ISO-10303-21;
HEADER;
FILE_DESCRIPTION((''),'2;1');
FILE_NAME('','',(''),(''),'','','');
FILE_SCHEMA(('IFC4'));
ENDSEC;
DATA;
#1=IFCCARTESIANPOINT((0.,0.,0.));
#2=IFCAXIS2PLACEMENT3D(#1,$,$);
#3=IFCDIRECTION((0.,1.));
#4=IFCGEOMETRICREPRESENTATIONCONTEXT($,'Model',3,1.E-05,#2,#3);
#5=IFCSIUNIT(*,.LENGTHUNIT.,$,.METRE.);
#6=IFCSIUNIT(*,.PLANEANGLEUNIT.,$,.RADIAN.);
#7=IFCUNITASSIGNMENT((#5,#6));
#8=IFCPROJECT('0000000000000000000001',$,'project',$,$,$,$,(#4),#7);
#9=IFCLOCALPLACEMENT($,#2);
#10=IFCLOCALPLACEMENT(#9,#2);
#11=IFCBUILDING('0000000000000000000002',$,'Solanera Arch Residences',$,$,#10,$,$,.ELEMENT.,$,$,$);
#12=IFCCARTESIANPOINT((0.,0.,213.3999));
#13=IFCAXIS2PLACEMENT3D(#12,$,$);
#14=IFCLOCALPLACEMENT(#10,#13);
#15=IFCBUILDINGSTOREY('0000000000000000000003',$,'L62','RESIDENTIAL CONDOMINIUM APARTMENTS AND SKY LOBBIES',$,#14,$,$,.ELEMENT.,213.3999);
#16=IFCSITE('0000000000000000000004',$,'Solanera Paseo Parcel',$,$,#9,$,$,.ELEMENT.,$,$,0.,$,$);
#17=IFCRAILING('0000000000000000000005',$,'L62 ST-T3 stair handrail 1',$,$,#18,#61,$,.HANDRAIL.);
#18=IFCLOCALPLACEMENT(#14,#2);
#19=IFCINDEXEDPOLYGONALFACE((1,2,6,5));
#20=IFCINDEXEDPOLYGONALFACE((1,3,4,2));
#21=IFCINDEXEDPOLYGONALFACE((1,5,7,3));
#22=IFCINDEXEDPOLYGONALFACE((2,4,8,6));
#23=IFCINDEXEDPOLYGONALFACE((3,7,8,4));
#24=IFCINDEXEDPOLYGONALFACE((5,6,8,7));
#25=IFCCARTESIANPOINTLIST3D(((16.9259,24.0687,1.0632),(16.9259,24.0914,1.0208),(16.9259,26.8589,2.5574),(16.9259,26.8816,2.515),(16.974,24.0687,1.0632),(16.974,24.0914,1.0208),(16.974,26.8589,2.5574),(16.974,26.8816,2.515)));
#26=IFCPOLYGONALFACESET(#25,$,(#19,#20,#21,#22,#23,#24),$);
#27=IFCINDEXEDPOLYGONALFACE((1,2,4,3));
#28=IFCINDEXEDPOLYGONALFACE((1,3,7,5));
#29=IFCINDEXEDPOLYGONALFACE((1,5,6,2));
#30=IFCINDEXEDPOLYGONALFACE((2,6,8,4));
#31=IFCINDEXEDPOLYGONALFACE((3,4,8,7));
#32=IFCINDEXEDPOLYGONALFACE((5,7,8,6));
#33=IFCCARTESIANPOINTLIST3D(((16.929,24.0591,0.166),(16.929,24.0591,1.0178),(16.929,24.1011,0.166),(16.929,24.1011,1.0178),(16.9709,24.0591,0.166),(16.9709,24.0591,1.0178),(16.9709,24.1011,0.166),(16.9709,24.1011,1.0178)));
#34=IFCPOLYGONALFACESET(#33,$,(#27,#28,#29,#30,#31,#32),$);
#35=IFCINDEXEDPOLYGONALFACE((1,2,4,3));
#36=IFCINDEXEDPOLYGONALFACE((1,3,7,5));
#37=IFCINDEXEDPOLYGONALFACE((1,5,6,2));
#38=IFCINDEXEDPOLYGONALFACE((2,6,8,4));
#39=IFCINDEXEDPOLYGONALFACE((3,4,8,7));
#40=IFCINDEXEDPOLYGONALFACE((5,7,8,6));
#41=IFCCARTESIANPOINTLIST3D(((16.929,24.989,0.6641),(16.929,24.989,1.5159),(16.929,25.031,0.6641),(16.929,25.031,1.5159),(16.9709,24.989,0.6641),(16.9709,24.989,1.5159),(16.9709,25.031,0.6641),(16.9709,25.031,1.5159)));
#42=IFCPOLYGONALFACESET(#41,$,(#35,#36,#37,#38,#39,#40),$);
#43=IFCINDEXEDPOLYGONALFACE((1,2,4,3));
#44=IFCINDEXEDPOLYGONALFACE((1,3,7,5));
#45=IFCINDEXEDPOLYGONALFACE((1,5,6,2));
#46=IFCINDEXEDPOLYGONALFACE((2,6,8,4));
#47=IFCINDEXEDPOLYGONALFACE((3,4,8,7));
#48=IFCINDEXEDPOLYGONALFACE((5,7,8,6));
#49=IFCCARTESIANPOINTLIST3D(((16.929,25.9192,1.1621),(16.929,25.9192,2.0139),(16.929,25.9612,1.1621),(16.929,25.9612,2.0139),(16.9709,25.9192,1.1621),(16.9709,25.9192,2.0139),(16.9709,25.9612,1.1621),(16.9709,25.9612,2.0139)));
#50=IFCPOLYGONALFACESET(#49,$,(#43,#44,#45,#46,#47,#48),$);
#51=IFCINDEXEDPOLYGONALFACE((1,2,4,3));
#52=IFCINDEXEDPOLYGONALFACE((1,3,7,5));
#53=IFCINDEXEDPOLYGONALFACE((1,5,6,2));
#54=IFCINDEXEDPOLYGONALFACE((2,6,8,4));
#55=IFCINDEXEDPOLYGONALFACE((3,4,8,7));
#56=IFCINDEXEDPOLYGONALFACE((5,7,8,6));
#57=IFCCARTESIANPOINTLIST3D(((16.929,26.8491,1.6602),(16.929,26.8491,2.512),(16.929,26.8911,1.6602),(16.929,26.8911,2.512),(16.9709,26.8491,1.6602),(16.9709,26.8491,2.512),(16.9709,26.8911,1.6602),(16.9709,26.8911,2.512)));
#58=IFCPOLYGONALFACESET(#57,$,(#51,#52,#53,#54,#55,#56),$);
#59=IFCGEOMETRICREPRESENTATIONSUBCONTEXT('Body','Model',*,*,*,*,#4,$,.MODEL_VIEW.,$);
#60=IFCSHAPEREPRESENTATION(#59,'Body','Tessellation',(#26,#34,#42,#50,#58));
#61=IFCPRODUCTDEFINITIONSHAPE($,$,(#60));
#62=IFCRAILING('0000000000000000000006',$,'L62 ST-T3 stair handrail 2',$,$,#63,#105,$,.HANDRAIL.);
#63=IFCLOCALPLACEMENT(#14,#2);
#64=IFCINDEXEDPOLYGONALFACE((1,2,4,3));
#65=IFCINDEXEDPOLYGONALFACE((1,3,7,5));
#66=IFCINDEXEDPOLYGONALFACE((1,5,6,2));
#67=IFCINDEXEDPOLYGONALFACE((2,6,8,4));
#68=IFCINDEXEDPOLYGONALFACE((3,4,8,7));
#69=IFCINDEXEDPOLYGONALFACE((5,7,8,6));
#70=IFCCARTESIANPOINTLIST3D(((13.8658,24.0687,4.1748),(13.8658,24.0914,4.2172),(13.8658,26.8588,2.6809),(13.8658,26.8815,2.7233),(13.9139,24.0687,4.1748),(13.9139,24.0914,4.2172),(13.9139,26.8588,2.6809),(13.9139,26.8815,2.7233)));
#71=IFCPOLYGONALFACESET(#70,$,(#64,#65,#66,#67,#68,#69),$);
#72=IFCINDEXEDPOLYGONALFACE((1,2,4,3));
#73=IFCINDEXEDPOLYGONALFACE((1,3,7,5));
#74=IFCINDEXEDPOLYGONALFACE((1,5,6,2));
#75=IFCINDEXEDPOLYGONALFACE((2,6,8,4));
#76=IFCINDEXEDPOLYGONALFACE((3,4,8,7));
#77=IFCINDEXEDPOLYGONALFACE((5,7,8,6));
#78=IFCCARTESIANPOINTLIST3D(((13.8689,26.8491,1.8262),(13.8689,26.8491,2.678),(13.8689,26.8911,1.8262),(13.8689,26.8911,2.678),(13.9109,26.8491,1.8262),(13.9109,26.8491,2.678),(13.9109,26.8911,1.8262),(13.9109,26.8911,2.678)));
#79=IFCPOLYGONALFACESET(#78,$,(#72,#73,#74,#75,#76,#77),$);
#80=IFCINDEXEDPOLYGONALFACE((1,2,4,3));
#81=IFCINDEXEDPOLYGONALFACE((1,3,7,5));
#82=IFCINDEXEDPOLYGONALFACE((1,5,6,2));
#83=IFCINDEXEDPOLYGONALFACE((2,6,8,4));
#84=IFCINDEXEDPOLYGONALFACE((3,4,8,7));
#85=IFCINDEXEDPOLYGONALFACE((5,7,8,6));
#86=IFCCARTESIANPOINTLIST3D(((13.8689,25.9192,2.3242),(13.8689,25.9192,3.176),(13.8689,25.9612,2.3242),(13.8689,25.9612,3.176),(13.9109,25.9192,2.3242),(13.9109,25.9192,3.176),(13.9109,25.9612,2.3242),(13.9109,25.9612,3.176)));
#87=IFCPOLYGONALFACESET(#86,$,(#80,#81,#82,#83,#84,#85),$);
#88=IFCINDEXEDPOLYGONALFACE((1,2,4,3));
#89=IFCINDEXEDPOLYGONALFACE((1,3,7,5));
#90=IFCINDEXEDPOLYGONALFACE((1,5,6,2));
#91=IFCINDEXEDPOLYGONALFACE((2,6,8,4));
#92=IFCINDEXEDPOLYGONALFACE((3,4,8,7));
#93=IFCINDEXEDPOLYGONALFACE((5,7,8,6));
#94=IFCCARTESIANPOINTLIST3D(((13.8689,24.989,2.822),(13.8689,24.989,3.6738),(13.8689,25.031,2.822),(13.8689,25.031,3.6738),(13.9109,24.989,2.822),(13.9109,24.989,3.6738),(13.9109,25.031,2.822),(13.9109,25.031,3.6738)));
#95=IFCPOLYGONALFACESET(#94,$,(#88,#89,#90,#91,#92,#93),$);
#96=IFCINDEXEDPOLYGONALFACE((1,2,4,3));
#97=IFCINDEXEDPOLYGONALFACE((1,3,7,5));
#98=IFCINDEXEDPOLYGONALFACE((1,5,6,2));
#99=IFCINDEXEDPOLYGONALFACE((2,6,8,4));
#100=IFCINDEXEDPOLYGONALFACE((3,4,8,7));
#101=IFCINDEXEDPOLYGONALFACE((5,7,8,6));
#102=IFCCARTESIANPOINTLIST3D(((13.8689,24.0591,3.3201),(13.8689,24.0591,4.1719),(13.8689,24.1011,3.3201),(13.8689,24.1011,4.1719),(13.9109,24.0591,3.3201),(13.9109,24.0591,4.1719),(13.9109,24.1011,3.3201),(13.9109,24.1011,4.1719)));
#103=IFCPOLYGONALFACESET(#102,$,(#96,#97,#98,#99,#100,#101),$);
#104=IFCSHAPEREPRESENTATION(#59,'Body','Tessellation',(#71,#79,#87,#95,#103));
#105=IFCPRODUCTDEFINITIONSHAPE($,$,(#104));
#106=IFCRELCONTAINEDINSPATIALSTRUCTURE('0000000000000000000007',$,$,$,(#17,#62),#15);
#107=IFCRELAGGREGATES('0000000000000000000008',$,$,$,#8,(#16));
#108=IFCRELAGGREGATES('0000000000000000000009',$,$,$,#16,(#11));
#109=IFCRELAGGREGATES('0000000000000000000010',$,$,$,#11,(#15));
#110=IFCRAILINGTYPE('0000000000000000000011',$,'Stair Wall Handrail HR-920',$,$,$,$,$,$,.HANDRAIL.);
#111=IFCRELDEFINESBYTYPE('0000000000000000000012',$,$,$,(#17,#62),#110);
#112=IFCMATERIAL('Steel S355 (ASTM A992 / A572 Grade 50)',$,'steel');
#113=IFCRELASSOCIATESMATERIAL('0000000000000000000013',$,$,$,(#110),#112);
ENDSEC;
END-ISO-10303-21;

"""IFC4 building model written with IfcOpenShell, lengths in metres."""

from ifc_helpers import new_model, si_unit, direction, frame, origin, origin_2d, place, context, subcontext, project, spatial, rectangle, extrude, material, type_object, element, save


model = new_model("IFC4")

# Units and contexts
model_context = context("Model", 3, precision=1e-05, world=origin(), true_north=direction((0.0, 1.0)))
body_context = subcontext(model_context, "Body", "Model", "MODEL_VIEW")
ifc_project = project(units=[si_unit("LENGTHUNIT", "METRE"), si_unit("PLANEANGLEUNIT", "RADIAN")], contexts=[model_context])

# Site, building, storey
site_placement = place(None, origin())
site = spatial("IfcSite", under=ifc_project, at=site_placement, Name="Solanera Paseo Parcel", CompositionType="ELEMENT", RefElevation=0.0)
building_placement = place(site_placement, origin())
building = spatial("IfcBuilding", under=site, at=building_placement, Name="Solanera Arch Residences", CompositionType="ELEMENT")
storey_placement = place(building_placement, frame((0.0, 0.0, 213.3999)))
storey = spatial("IfcBuildingStorey", under=building, at=storey_placement, Name="L62", Description="RESIDENTIAL CONDOMINIUM APARTMENTS AND SKY LOBBIES", CompositionType="ELEMENT", Elevation=213.3999)

# Railings
ifc_material_1 = material(Name="Steel S355 (ASTM A992 / A572 Grade 50)", Category="steel")
railing_type_1 = type_object("IfcRailingType", Name="Stair Wall Handrail HR-920", PredefinedType="HANDRAIL", material=ifc_material_1)
railing_1_placement = place(storey_placement, frame((16.95, 24.0801, 0.166)))
element("IfcRailing", 1, at=railing_1_placement, inside=storey, type_object=railing_type_1, Name="L62 ST-T3 stair handrail 1", PredefinedType="HANDRAIL", context=body_context, shape_type="SweptSolid", body=[
    extrude(rectangle(XDim=0.0481, YDim=0.0481, at=origin_2d()), frame((0.0, 0.0, 0.876), z_axis=(0.0, 0.881549, 0.472093), x_axis=(-1.0, 0.0, 0.0)), (0.0, 0.0, 1.0), 3.165),
    extrude(rectangle(XDim=0.042, YDim=0.042, at=origin_2d()), origin(), (0.0, 0.0, 1.0), 0.8518),
    extrude(rectangle(XDim=0.042, YDim=0.042, at=origin_2d()), frame((0.0, 0.9299, 0.498)), (0.0, 0.0, 1.0), 0.8518),
    extrude(rectangle(XDim=0.042, YDim=0.042, at=origin_2d()), frame((0.0, 1.8601, 0.9961)), (0.0, 0.0, 1.0), 0.8518),
    extrude(rectangle(XDim=0.042, YDim=0.042, at=origin_2d()), frame((0.0, 2.79, 1.4941)), (0.0, 0.0, 1.0), 0.8518),
])
railing_2_placement = place(storey_placement, frame((13.8899, 26.8701, 1.8262)))
element("IfcRailing", 2, at=railing_2_placement, inside=storey, type_object=railing_type_1, Name="L62 ST-T3 stair handrail 2", PredefinedType="HANDRAIL", context=body_context, shape_type="SweptSolid", body=[
    extrude(rectangle(XDim=0.0481, YDim=0.0481, at=origin_2d()), frame((0.0, 0.0, 0.876), z_axis=(0.0, -0.881581, 0.472033), x_axis=(1.0, 0.0, 0.0)), (0.0, 0.0, 1.0), 3.1648),
    extrude(rectangle(XDim=0.042, YDim=0.042, at=origin_2d()), origin(), (0.0, 0.0, 1.0), 0.8518),
    extrude(rectangle(XDim=0.042, YDim=0.042, at=origin_2d()), frame((0.0, -0.9299, 0.498)), (0.0, 0.0, 1.0), 0.8518),
    extrude(rectangle(XDim=0.042, YDim=0.042, at=origin_2d()), frame((0.0, -1.8601, 0.9958)), (0.0, 0.0, 1.0), 0.8518),
    extrude(rectangle(XDim=0.042, YDim=0.042, at=origin_2d()), frame((0.0, -2.79, 1.4939)), (0.0, 0.0, 1.0), 0.8518),
])

save(model, "model.ifc")
